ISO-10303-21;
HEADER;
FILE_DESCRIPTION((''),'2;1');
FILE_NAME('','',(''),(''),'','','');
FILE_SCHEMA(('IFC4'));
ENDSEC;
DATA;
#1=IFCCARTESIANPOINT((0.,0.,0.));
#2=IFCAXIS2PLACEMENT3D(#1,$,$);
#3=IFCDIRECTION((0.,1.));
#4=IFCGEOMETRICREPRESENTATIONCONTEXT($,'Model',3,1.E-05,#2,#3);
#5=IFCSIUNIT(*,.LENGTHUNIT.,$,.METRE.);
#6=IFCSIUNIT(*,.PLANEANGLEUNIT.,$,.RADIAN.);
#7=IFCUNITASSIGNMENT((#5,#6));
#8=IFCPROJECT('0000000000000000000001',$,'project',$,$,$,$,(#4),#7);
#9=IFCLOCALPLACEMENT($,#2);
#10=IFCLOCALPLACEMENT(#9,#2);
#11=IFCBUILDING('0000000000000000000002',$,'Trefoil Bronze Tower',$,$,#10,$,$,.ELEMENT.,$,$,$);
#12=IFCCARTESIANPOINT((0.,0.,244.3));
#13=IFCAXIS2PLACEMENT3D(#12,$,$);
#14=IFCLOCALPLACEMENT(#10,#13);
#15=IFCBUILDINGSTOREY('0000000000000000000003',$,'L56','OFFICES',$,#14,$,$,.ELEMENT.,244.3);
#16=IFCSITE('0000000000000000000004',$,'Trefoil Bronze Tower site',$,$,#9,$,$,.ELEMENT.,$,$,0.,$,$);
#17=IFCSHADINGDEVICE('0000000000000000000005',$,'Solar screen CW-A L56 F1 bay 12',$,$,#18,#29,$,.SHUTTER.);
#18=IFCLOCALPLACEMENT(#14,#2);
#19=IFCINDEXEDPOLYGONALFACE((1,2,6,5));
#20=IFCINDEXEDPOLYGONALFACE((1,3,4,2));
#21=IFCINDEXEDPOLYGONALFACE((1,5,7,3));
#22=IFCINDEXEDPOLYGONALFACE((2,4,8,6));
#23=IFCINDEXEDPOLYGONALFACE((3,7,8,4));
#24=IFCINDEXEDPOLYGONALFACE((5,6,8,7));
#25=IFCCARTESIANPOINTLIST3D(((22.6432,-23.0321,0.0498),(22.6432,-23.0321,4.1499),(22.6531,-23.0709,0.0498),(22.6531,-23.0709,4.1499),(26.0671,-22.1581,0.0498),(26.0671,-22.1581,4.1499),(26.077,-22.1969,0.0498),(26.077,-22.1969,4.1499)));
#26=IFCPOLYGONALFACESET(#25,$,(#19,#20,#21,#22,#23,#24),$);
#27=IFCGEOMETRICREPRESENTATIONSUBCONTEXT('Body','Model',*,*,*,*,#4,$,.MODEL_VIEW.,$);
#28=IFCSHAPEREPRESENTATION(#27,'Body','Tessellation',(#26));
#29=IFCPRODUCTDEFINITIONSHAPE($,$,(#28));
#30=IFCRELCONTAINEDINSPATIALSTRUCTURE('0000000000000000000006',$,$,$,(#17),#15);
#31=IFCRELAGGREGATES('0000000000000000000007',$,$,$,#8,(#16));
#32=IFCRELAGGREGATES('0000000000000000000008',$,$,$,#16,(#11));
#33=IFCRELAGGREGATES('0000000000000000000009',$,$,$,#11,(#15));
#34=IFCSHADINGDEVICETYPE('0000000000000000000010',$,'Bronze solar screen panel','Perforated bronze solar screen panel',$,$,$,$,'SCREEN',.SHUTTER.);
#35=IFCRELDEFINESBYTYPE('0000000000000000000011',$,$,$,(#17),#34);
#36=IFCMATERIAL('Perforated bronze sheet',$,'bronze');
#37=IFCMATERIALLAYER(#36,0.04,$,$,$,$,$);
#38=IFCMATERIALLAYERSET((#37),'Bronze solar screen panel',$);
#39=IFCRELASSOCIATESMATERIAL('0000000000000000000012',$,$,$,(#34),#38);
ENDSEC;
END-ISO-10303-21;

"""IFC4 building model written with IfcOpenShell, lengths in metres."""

from ifc_helpers import new_model, si_unit, direction, frame, origin, origin_2d, place, context, subcontext, project, spatial, rectangle, extrude, material, layer, layer_set, type_object, element, save


model = new_model("IFC4")

# Units and contexts
model_context = context("Model", 3, precision=1e-05, world=origin(), true_north=direction((0.0, 1.0)))
body_context = subcontext(model_context, "Body", "Model", "MODEL_VIEW")
ifc_project = project(units=[si_unit("LENGTHUNIT", "METRE"), si_unit("PLANEANGLEUNIT", "RADIAN")], contexts=[model_context])

# Site, building, storey
site_placement = place(None, origin())
site = spatial("IfcSite", under=ifc_project, at=site_placement, Name="Trefoil Bronze Tower site", CompositionType="ELEMENT", RefElevation=0.0)
building_placement = place(site_placement, origin())
building = spatial("IfcBuilding", under=site, at=building_placement, Name="Trefoil Bronze Tower", CompositionType="ELEMENT")
storey_placement = place(building_placement, frame((0.0, 0.0, 244.3)))
storey = spatial("IfcBuildingStorey", under=building, at=storey_placement, Name="L56", Description="OFFICES", CompositionType="ELEMENT", Elevation=244.3)

# Shading device
ifc_material_1 = material(Name="Perforated bronze sheet", Category="bronze")
ifc_layer_1 = layer(ifc_material_1, 0.04)
ifc_layer_set_1 = layer_set([ifc_layer_1], Name="Bronze solar screen panel")
shading_device_type = type_object("IfcShadingDeviceType", Name="Bronze solar screen panel", Description="Perforated bronze solar screen panel", ElementType="SCREEN", PredefinedType="SHUTTER", material=ifc_layer_set_1)
shading_device_1_placement = place(storey_placement, frame((24.3601, -22.6145, 0.0498), z_axis=(0.0, 0.0, 1.0), x_axis=(0.968934, 0.247319, 0.0)))
element("IfcShadingDevice", 1, at=shading_device_1_placement, inside=storey, type_object=shading_device_type, Name="Solar screen CW-A L56 F1 bay 12", PredefinedType="SHUTTER", context=body_context, shape_type="SweptSolid", body=[
    extrude(rectangle(XDim=3.5337, YDim=0.04, at=origin_2d()), origin(), (0.0, 0.0, 1.0), 4.1001),
])

save(model, "model.ifc")
